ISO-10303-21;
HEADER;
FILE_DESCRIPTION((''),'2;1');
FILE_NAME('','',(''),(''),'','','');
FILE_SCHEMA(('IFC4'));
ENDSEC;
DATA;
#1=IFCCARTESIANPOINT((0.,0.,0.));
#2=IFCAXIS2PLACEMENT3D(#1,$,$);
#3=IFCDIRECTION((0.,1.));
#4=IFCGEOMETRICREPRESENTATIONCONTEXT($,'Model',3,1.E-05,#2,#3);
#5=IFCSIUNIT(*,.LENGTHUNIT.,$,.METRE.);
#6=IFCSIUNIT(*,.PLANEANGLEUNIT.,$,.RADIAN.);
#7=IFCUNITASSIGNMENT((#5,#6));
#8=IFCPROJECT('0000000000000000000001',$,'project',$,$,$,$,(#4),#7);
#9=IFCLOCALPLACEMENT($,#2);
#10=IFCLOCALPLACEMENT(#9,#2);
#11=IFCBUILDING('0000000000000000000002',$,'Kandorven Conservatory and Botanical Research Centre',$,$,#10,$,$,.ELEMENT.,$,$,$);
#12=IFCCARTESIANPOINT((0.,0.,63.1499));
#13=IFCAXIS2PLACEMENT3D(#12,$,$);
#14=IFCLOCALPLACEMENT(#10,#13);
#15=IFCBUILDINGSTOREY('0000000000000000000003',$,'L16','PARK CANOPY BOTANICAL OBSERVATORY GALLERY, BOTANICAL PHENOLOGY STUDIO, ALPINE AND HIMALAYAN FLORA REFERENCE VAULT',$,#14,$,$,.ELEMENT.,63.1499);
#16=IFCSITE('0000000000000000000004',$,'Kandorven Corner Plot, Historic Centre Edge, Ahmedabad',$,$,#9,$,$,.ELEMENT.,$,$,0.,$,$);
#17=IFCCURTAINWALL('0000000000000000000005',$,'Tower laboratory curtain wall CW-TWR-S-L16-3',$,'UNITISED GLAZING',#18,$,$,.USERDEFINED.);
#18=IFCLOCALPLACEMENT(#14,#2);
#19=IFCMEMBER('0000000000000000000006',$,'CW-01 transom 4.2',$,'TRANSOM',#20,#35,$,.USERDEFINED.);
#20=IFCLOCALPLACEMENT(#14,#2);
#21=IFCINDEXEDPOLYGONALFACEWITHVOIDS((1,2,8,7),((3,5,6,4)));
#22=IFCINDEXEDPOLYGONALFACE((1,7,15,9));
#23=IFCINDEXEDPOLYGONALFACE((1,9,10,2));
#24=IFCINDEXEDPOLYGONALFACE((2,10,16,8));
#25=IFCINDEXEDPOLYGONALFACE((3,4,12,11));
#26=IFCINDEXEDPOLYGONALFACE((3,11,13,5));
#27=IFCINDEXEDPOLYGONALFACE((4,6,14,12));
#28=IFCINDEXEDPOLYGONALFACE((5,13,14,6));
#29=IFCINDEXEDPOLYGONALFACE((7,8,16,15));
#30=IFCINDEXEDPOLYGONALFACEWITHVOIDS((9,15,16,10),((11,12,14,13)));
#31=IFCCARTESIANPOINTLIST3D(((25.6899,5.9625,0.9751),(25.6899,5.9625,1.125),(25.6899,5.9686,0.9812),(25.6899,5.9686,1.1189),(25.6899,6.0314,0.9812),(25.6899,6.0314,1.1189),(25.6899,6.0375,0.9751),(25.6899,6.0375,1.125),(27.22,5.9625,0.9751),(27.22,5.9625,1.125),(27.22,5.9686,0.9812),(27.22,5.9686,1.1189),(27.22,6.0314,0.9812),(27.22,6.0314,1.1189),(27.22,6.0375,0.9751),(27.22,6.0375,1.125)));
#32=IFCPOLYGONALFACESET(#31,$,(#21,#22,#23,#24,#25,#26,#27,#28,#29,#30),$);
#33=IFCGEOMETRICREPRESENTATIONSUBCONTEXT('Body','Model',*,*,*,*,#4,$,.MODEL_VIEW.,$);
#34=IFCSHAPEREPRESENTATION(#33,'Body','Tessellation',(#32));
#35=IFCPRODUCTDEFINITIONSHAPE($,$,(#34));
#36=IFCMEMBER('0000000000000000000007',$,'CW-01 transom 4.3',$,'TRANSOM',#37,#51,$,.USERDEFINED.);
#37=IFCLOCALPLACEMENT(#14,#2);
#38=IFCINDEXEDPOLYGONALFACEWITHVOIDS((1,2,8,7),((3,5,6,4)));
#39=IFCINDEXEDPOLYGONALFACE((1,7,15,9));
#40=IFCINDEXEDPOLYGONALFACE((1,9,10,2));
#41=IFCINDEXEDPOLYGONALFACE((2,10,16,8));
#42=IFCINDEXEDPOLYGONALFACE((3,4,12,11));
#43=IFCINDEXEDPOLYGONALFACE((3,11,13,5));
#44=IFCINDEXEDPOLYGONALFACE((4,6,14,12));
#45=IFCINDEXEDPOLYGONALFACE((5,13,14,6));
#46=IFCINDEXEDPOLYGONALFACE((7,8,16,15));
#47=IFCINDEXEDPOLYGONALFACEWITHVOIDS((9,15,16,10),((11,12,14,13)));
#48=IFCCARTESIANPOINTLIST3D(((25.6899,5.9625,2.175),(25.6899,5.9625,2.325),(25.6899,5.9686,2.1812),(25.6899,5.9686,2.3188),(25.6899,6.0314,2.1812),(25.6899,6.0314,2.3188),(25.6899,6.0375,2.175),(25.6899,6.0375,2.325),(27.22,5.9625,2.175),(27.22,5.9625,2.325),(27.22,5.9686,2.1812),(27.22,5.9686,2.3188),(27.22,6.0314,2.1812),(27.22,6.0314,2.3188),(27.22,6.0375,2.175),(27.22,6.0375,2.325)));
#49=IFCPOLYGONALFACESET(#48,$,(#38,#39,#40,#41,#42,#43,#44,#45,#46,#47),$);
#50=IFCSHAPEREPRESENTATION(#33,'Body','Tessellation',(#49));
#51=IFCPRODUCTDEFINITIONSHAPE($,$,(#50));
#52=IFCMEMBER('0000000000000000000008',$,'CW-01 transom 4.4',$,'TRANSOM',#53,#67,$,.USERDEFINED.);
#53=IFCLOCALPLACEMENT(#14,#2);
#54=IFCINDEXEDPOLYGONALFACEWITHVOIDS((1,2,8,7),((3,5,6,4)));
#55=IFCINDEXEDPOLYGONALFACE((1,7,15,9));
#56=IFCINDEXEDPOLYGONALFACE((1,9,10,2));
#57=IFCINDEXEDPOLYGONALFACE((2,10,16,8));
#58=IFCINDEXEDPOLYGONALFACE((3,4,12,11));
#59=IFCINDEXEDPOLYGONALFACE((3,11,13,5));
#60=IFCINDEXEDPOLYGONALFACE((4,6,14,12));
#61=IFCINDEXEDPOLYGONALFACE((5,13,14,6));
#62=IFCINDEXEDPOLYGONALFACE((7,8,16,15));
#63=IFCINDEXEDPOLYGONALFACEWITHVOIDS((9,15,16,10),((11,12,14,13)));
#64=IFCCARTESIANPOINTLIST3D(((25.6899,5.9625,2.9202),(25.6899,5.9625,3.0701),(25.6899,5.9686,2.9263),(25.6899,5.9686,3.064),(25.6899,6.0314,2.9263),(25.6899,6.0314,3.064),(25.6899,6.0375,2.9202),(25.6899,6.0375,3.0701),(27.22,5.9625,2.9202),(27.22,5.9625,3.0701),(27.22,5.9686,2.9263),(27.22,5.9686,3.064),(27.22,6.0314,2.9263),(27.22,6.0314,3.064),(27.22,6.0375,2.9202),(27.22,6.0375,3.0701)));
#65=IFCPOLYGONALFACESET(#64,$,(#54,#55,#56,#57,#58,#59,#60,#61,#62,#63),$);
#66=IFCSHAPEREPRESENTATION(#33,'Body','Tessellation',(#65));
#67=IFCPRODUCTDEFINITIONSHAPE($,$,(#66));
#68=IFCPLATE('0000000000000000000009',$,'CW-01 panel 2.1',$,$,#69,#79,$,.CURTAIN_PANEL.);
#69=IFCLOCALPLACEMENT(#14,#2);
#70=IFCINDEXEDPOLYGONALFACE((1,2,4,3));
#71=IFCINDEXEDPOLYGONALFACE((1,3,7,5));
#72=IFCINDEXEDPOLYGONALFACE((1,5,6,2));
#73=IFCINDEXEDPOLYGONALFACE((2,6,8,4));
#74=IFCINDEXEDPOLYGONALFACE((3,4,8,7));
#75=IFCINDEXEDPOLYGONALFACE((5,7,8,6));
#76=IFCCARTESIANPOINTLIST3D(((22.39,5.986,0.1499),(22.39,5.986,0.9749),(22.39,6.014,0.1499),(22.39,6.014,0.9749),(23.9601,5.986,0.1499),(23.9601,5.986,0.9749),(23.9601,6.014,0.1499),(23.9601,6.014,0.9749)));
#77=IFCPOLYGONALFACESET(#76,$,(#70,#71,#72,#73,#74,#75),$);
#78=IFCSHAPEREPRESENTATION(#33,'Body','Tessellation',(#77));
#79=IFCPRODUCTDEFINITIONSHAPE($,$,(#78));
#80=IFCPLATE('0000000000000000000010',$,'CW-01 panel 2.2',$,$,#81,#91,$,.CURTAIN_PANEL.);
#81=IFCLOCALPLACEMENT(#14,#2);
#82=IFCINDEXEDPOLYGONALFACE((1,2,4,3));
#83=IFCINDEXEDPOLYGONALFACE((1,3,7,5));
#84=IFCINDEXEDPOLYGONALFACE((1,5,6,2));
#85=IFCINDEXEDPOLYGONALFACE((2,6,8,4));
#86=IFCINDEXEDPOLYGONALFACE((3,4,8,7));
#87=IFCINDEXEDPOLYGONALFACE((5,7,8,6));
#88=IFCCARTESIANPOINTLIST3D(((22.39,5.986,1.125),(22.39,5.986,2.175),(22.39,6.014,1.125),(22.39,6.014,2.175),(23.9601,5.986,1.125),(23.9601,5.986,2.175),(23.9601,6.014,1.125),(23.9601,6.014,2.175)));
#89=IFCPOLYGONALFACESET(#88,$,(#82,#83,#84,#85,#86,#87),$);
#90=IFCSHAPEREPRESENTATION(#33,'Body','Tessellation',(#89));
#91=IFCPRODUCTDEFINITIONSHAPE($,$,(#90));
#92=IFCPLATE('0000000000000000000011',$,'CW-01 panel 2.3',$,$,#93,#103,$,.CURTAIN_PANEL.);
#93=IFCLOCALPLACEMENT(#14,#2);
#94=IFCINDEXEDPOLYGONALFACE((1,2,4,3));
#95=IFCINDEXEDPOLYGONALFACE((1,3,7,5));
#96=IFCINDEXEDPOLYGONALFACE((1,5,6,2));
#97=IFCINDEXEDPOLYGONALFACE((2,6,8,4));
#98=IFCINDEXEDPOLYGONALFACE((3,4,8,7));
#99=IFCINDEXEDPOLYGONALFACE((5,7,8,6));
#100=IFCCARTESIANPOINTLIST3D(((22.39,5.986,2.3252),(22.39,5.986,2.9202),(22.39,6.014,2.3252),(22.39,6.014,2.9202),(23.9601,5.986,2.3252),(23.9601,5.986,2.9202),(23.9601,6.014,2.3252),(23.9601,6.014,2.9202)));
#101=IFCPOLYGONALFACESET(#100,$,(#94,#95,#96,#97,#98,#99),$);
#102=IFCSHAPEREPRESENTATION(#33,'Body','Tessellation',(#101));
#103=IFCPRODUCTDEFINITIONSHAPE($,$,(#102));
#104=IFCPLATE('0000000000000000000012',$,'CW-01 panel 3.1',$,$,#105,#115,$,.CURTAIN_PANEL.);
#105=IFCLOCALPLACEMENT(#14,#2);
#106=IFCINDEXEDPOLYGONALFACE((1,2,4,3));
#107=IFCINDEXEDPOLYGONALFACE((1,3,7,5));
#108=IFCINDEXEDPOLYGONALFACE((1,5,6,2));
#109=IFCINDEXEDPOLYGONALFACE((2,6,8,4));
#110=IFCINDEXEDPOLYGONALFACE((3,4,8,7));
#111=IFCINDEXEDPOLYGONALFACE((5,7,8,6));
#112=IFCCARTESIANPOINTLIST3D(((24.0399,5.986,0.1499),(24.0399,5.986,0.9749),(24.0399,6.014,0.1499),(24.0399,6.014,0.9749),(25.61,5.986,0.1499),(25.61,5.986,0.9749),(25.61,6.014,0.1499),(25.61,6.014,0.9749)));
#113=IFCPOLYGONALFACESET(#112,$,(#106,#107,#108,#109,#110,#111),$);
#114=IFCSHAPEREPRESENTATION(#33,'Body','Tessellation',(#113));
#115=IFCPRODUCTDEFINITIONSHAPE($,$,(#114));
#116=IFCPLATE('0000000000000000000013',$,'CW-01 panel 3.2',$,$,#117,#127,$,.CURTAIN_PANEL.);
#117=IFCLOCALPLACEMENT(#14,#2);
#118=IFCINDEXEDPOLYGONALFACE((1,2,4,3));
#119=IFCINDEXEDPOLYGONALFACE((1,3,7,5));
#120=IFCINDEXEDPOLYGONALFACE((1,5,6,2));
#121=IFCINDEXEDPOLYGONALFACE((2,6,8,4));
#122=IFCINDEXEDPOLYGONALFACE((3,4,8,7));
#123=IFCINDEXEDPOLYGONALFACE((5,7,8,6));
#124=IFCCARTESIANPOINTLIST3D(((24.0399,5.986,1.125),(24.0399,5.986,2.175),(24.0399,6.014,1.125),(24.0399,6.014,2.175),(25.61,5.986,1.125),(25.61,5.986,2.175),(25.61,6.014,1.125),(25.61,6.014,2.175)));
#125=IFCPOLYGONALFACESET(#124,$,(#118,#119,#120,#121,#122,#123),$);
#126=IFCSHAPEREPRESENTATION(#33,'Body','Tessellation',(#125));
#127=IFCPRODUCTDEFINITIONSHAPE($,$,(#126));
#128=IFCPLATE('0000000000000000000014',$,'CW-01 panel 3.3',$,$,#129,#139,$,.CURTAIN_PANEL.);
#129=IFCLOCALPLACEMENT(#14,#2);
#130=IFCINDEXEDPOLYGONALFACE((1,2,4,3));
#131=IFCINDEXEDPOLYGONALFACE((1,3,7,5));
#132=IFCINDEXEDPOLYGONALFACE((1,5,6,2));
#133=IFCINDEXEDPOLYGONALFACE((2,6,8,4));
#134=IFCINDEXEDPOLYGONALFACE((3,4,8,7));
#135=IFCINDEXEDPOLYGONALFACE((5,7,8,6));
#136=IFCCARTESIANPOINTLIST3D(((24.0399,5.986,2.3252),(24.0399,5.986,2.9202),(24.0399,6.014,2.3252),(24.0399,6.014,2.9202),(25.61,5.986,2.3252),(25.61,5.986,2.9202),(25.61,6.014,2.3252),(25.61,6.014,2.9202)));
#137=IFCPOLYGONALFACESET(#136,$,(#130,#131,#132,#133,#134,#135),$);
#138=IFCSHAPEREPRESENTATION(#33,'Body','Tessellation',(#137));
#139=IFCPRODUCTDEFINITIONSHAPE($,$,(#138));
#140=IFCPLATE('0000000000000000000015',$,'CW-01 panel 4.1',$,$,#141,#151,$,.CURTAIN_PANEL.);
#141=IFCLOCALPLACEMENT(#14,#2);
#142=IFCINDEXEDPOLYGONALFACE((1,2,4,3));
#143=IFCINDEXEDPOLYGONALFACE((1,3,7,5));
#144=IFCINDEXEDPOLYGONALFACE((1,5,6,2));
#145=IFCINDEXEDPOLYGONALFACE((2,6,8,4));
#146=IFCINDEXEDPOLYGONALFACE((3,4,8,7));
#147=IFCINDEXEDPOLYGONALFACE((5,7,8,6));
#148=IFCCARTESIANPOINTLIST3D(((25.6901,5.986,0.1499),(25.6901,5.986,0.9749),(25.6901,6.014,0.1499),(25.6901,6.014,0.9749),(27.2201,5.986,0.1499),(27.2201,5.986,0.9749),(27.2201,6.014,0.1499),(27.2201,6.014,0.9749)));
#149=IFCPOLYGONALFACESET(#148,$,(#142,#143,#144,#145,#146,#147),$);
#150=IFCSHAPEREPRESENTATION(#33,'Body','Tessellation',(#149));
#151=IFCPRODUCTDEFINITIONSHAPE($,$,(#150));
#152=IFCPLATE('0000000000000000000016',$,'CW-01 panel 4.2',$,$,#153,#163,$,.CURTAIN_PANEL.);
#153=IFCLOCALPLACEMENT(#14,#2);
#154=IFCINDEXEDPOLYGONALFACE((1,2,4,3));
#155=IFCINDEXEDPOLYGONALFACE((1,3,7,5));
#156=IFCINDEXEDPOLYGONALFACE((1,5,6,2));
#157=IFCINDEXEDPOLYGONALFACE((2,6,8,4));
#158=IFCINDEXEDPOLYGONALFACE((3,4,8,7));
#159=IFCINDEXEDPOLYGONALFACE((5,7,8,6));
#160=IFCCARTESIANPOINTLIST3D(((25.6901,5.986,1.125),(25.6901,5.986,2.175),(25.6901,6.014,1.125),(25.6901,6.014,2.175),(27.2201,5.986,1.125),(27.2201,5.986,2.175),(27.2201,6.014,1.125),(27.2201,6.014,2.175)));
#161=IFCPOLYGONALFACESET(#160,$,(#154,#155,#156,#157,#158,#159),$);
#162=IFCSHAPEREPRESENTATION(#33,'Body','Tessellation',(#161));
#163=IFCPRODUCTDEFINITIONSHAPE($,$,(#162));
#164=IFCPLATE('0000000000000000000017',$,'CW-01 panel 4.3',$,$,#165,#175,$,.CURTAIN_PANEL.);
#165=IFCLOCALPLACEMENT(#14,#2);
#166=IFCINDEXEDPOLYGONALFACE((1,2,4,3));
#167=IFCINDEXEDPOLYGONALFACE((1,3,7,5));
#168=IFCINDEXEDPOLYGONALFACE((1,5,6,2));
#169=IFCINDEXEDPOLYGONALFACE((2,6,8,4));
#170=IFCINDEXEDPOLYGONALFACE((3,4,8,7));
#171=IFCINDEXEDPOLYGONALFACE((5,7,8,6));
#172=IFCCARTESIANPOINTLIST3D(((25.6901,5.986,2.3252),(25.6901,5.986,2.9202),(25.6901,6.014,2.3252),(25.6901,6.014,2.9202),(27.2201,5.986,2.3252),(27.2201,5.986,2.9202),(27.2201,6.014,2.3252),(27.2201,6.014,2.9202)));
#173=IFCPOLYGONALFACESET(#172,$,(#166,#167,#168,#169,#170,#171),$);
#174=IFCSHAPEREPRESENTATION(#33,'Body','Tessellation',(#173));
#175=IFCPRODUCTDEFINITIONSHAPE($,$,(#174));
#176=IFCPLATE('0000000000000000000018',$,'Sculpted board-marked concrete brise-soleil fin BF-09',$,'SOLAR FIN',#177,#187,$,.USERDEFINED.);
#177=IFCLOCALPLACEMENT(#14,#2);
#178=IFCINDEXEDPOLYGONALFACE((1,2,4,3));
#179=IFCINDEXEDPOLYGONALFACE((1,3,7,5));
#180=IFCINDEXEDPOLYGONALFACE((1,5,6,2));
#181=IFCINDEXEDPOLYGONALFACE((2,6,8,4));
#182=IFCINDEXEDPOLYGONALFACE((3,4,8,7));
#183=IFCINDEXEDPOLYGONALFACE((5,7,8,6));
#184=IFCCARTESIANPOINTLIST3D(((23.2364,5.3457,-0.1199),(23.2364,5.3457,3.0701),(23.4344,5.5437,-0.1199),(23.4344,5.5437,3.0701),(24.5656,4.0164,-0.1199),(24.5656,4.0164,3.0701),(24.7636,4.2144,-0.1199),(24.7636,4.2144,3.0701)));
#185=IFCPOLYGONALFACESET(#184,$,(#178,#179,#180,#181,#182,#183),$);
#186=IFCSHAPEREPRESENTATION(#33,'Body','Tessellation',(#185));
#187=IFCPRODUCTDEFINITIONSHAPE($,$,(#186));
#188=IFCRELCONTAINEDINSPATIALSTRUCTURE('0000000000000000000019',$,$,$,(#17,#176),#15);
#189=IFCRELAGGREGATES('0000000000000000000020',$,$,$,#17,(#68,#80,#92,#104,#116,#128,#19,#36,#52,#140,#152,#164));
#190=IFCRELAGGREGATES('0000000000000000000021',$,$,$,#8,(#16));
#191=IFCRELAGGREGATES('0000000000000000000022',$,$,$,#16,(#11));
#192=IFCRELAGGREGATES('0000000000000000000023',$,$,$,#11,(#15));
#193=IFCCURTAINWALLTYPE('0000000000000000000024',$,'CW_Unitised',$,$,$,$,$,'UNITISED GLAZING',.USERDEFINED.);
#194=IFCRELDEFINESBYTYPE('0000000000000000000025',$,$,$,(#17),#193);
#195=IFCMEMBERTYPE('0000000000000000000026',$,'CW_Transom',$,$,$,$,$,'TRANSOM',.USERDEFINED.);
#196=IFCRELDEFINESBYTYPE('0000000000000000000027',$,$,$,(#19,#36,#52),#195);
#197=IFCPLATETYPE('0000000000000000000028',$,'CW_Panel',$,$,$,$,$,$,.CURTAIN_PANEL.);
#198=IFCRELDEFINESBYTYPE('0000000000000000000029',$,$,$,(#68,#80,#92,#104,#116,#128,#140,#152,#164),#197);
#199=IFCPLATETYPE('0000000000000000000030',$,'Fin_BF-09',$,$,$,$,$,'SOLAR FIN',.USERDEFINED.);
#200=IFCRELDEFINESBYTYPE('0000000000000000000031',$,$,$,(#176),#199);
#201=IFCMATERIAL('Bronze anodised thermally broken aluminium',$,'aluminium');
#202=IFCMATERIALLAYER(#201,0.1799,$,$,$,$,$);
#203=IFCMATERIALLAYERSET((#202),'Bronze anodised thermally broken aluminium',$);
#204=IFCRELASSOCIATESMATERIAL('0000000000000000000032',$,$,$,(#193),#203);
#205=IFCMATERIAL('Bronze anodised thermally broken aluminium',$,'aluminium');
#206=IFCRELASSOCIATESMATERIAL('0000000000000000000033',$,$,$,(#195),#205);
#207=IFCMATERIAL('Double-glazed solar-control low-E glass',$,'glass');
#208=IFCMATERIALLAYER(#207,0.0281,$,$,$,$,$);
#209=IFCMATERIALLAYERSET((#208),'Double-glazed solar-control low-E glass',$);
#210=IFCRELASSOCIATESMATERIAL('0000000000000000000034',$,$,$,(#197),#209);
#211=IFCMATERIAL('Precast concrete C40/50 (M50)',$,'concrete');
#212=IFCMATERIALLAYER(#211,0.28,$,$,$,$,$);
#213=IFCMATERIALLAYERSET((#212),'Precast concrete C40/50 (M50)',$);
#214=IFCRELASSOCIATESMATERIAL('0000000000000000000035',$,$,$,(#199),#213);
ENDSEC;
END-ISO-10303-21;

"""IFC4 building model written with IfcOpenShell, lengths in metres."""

from ifc_helpers import new_model, si_unit, direction, frame, origin, origin_2d, place, context, subcontext, project, spatial, rectangle, hollow_rectangle, extrude, material, layer, layer_set, material_profile, profile_set, type_object, element, aggregate, save


model = new_model("IFC4")

# Units and contexts
model_context = context("Model", 3, precision=1e-05, world=origin(), true_north=direction((0.0, 1.0)))
body_context = subcontext(model_context, "Body", "Model", "MODEL_VIEW")
ifc_project = project(units=[si_unit("LENGTHUNIT", "METRE"), si_unit("PLANEANGLEUNIT", "RADIAN")], contexts=[model_context])

# Site, building, storey
site_placement = place(None, origin())
site = spatial("IfcSite", under=ifc_project, at=site_placement, Name="Kandorven Corner Plot, Historic Centre Edge, Ahmedabad", CompositionType="ELEMENT", RefElevation=0.0)
building_placement = place(site_placement, origin())
building = spatial("IfcBuilding", under=site, at=building_placement, Name="Kandorven Conservatory and Botanical Research Centre", CompositionType="ELEMENT")
storey_placement = place(building_placement, frame((0.0, 0.0, 63.1499)))
storey = spatial("IfcBuildingStorey", under=building, at=storey_placement, Name="L16", Description="PARK CANOPY BOTANICAL OBSERVATORY GALLERY, BOTANICAL PHENOLOGY STUDIO, ALPINE AND HIMALAYAN FLORA REFERENCE VAULT", CompositionType="ELEMENT", Elevation=63.1499)

# Curtain wall, members, plates
ifc_material_1 = material(Name="Bronze anodised thermally broken aluminium", Category="aluminium")
ifc_layer_1 = layer(ifc_material_1, 0.1799)
ifc_layer_set_1 = layer_set([ifc_layer_1], Name="Bronze anodised thermally broken aluminium")
curtain_wall_type = type_object("IfcCurtainWallType", Name="CW_Unitised", ElementType="UNITISED GLAZING", PredefinedType="USERDEFINED", material=ifc_layer_set_1)
curtain_wall_placement = place(storey_placement, origin())
curtain_wall = element("IfcCurtainWall", 1, at=curtain_wall_placement, inside=storey, type_object=curtain_wall_type, Name="Tower laboratory curtain wall CW-TWR-S-L16-3", ObjectType="UNITISED GLAZING", PredefinedType="USERDEFINED")
ifc_material_2 = material(Name="Bronze anodised thermally broken aluminium", Category="aluminium")
ifc_material_profile_1 = material_profile(ifc_material_2, hollow_rectangle(XDim=0.075, YDim=0.1499, WallThickness=0.0061, at=origin_2d()))
ifc_profile_set_1 = profile_set([ifc_material_profile_1], Name="Bronze anodised thermally broken aluminium")
member_type_1 = type_object("IfcMemberType", Name="CW_Transom", ElementType="TRANSOM", PredefinedType="USERDEFINED", material=ifc_profile_set_1)
member_1_placement = place(storey_placement, frame((25.6899, 6.0, 1.05), z_axis=(1.0, 0.0, 0.0), x_axis=(0.0, 1.0, 0.0)))
member_1 = element("IfcMember", 2, at=member_1_placement, type_object=member_type_1, Name="CW-01 transom 4.2", ObjectType="TRANSOM", PredefinedType="USERDEFINED", context=body_context, shape_type="SweptSolid", body=[
    extrude(hollow_rectangle(XDim=0.075, YDim=0.1499, WallThickness=0.0061, at=origin_2d()), origin(), (0.0, 0.0, 1.0), 1.53),
])
member_2_placement = place(storey_placement, frame((25.6899, 6.0, 2.25), z_axis=(1.0, 0.0, 0.0), x_axis=(0.0, 1.0, 0.0)))
member_2 = element("IfcMember", 3, at=member_2_placement, type_object=member_type_1, Name="CW-01 transom 4.3", ObjectType="TRANSOM", PredefinedType="USERDEFINED", context=body_context, shape_type="SweptSolid", body=[
    extrude(hollow_rectangle(XDim=0.075, YDim=0.1499, WallThickness=0.0061, at=origin_2d()), origin(), (0.0, 0.0, 1.0), 1.53),
])
member_3_placement = place(storey_placement, frame((25.6899, 6.0, 2.9951), z_axis=(1.0, 0.0, 0.0), x_axis=(0.0, 1.0, 0.0)))
member_3 = element("IfcMember", 4, at=member_3_placement, type_object=member_type_1, Name="CW-01 transom 4.4", ObjectType="TRANSOM", PredefinedType="USERDEFINED", context=body_context, shape_type="SweptSolid", body=[
    extrude(hollow_rectangle(XDim=0.075, YDim=0.1499, WallThickness=0.0061, at=origin_2d()), origin(), (0.0, 0.0, 1.0), 1.53),
])
ifc_material_3 = material(Name="Double-glazed solar-control low-E glass", Category="glass")
ifc_layer_2 = layer(ifc_material_3, 0.0281)
ifc_layer_set_2 = layer_set([ifc_layer_2], Name="Double-glazed solar-control low-E glass")
plate_type_1 = type_object("IfcPlateType", Name="CW_Panel", PredefinedType="CURTAIN_PANEL", material=ifc_layer_set_2)
plate_1_placement = place(storey_placement, frame((23.175, 6.0, 0.1499), z_axis=(0.0, 0.0, 1.0), x_axis=(1.0, 0.0, 0.0)))
plate_1 = element("IfcPlate", 5, at=plate_1_placement, type_object=plate_type_1, Name="CW-01 panel 2.1", PredefinedType="CURTAIN_PANEL", context=body_context, shape_type="SweptSolid", body=[
    extrude(rectangle(XDim=1.5701, YDim=0.0281, at=origin_2d()), origin(), (0.0, 0.0, 1.0), 0.825),
])
plate_2_placement = place(storey_placement, frame((23.175, 6.0, 1.125), z_axis=(0.0, 0.0, 1.0), x_axis=(1.0, 0.0, 0.0)))
plate_2 = element("IfcPlate", 6, at=plate_2_placement, type_object=plate_type_1, Name="CW-01 panel 2.2", PredefinedType="CURTAIN_PANEL", context=body_context, shape_type="SweptSolid", body=[
    extrude(rectangle(XDim=1.5701, YDim=0.0281, at=origin_2d()), origin(), (0.0, 0.0, 1.0), 1.05),
])
plate_3_placement = place(storey_placement, frame((23.175, 6.0, 2.3252), z_axis=(0.0, 0.0, 1.0), x_axis=(1.0, 0.0, 0.0)))
plate_3 = element("IfcPlate", 7, at=plate_3_placement, type_object=plate_type_1, Name="CW-01 panel 2.3", PredefinedType="CURTAIN_PANEL", context=body_context, shape_type="SweptSolid", body=[
    extrude(rectangle(XDim=1.5701, YDim=0.0281, at=origin_2d()), origin(), (0.0, 0.0, 1.0), 0.595),
])
plate_4_placement = place(storey_placement, frame((24.825, 6.0, 0.1499), z_axis=(0.0, 0.0, 1.0), x_axis=(1.0, 0.0, 0.0)))
plate_4 = element("IfcPlate", 8, at=plate_4_placement, type_object=plate_type_1, Name="CW-01 panel 3.1", PredefinedType="CURTAIN_PANEL", context=body_context, shape_type="SweptSolid", body=[
    extrude(rectangle(XDim=1.5701, YDim=0.0281, at=origin_2d()), origin(), (0.0, 0.0, 1.0), 0.825),
])
plate_5_placement = place(storey_placement, frame((24.825, 6.0, 1.125), z_axis=(0.0, 0.0, 1.0), x_axis=(1.0, 0.0, 0.0)))
plate_5 = element("IfcPlate", 9, at=plate_5_placement, type_object=plate_type_1, Name="CW-01 panel 3.2", PredefinedType="CURTAIN_PANEL", context=body_context, shape_type="SweptSolid", body=[
    extrude(rectangle(XDim=1.5701, YDim=0.0281, at=origin_2d()), origin(), (0.0, 0.0, 1.0), 1.05),
])
plate_6_placement = place(storey_placement, frame((24.825, 6.0, 2.3252), z_axis=(0.0, 0.0, 1.0), x_axis=(1.0, 0.0, 0.0)))
plate_6 = element("IfcPlate", 10, at=plate_6_placement, type_object=plate_type_1, Name="CW-01 panel 3.3", PredefinedType="CURTAIN_PANEL", context=body_context, shape_type="SweptSolid", body=[
    extrude(rectangle(XDim=1.5701, YDim=0.0281, at=origin_2d()), origin(), (0.0, 0.0, 1.0), 0.595),
])
plate_7_placement = place(storey_placement, frame((26.4551, 6.0, 0.1499), z_axis=(0.0, 0.0, 1.0), x_axis=(1.0, 0.0, 0.0)))
plate_7 = element("IfcPlate", 11, at=plate_7_placement, type_object=plate_type_1, Name="CW-01 panel 4.1", PredefinedType="CURTAIN_PANEL", context=body_context, shape_type="SweptSolid", body=[
    extrude(rectangle(XDim=1.53, YDim=0.0281, at=origin_2d()), origin(), (0.0, 0.0, 1.0), 0.825),
])
plate_8_placement = place(storey_placement, frame((26.4551, 6.0, 1.125), z_axis=(0.0, 0.0, 1.0), x_axis=(1.0, 0.0, 0.0)))
plate_8 = element("IfcPlate", 12, at=plate_8_placement, type_object=plate_type_1, Name="CW-01 panel 4.2", PredefinedType="CURTAIN_PANEL", context=body_context, shape_type="SweptSolid", body=[
    extrude(rectangle(XDim=1.53, YDim=0.0281, at=origin_2d()), origin(), (0.0, 0.0, 1.0), 1.05),
])
plate_9_placement = place(storey_placement, frame((26.4551, 6.0, 2.3252), z_axis=(0.0, 0.0, 1.0), x_axis=(1.0, 0.0, 0.0)))
plate_9 = element("IfcPlate", 13, at=plate_9_placement, type_object=plate_type_1, Name="CW-01 panel 4.3", PredefinedType="CURTAIN_PANEL", context=body_context, shape_type="SweptSolid", body=[
    extrude(rectangle(XDim=1.53, YDim=0.0281, at=origin_2d()), origin(), (0.0, 0.0, 1.0), 0.595),
])
aggregate(curtain_wall, [plate_1, plate_2, plate_3, plate_4, plate_5, plate_6, member_1, member_2, member_3, plate_7, plate_8, plate_9])

# Plate
ifc_material_4 = material(Name="Precast concrete C40/50 (M50)", Category="concrete")
ifc_layer_3 = layer(ifc_material_4, 0.28)
ifc_layer_set_3 = layer_set([ifc_layer_3], Name="Precast concrete C40/50 (M50)")
plate_type_2 = type_object("IfcPlateType", Name="Fin_BF-09", ElementType="SOLAR FIN", PredefinedType="USERDEFINED", material=ifc_layer_set_3)
plate_10_placement = place(storey_placement, frame((24.0, 4.78, -0.1199), z_axis=(0.0, 0.0, 1.0), x_axis=(-0.707107, 0.707107, 0.0)))
element("IfcPlate", 14, at=plate_10_placement, inside=storey, type_object=plate_type_2, Name="Sculpted board-marked concrete brise-soleil fin BF-09", ObjectType="SOLAR FIN", PredefinedType="USERDEFINED", context=body_context, shape_type="SweptSolid", body=[
    extrude(rectangle(XDim=1.8799, YDim=0.28, at=origin_2d()), origin(), (0.0, 0.0, 1.0), 3.1899),
])

save(model, "model.ifc")
